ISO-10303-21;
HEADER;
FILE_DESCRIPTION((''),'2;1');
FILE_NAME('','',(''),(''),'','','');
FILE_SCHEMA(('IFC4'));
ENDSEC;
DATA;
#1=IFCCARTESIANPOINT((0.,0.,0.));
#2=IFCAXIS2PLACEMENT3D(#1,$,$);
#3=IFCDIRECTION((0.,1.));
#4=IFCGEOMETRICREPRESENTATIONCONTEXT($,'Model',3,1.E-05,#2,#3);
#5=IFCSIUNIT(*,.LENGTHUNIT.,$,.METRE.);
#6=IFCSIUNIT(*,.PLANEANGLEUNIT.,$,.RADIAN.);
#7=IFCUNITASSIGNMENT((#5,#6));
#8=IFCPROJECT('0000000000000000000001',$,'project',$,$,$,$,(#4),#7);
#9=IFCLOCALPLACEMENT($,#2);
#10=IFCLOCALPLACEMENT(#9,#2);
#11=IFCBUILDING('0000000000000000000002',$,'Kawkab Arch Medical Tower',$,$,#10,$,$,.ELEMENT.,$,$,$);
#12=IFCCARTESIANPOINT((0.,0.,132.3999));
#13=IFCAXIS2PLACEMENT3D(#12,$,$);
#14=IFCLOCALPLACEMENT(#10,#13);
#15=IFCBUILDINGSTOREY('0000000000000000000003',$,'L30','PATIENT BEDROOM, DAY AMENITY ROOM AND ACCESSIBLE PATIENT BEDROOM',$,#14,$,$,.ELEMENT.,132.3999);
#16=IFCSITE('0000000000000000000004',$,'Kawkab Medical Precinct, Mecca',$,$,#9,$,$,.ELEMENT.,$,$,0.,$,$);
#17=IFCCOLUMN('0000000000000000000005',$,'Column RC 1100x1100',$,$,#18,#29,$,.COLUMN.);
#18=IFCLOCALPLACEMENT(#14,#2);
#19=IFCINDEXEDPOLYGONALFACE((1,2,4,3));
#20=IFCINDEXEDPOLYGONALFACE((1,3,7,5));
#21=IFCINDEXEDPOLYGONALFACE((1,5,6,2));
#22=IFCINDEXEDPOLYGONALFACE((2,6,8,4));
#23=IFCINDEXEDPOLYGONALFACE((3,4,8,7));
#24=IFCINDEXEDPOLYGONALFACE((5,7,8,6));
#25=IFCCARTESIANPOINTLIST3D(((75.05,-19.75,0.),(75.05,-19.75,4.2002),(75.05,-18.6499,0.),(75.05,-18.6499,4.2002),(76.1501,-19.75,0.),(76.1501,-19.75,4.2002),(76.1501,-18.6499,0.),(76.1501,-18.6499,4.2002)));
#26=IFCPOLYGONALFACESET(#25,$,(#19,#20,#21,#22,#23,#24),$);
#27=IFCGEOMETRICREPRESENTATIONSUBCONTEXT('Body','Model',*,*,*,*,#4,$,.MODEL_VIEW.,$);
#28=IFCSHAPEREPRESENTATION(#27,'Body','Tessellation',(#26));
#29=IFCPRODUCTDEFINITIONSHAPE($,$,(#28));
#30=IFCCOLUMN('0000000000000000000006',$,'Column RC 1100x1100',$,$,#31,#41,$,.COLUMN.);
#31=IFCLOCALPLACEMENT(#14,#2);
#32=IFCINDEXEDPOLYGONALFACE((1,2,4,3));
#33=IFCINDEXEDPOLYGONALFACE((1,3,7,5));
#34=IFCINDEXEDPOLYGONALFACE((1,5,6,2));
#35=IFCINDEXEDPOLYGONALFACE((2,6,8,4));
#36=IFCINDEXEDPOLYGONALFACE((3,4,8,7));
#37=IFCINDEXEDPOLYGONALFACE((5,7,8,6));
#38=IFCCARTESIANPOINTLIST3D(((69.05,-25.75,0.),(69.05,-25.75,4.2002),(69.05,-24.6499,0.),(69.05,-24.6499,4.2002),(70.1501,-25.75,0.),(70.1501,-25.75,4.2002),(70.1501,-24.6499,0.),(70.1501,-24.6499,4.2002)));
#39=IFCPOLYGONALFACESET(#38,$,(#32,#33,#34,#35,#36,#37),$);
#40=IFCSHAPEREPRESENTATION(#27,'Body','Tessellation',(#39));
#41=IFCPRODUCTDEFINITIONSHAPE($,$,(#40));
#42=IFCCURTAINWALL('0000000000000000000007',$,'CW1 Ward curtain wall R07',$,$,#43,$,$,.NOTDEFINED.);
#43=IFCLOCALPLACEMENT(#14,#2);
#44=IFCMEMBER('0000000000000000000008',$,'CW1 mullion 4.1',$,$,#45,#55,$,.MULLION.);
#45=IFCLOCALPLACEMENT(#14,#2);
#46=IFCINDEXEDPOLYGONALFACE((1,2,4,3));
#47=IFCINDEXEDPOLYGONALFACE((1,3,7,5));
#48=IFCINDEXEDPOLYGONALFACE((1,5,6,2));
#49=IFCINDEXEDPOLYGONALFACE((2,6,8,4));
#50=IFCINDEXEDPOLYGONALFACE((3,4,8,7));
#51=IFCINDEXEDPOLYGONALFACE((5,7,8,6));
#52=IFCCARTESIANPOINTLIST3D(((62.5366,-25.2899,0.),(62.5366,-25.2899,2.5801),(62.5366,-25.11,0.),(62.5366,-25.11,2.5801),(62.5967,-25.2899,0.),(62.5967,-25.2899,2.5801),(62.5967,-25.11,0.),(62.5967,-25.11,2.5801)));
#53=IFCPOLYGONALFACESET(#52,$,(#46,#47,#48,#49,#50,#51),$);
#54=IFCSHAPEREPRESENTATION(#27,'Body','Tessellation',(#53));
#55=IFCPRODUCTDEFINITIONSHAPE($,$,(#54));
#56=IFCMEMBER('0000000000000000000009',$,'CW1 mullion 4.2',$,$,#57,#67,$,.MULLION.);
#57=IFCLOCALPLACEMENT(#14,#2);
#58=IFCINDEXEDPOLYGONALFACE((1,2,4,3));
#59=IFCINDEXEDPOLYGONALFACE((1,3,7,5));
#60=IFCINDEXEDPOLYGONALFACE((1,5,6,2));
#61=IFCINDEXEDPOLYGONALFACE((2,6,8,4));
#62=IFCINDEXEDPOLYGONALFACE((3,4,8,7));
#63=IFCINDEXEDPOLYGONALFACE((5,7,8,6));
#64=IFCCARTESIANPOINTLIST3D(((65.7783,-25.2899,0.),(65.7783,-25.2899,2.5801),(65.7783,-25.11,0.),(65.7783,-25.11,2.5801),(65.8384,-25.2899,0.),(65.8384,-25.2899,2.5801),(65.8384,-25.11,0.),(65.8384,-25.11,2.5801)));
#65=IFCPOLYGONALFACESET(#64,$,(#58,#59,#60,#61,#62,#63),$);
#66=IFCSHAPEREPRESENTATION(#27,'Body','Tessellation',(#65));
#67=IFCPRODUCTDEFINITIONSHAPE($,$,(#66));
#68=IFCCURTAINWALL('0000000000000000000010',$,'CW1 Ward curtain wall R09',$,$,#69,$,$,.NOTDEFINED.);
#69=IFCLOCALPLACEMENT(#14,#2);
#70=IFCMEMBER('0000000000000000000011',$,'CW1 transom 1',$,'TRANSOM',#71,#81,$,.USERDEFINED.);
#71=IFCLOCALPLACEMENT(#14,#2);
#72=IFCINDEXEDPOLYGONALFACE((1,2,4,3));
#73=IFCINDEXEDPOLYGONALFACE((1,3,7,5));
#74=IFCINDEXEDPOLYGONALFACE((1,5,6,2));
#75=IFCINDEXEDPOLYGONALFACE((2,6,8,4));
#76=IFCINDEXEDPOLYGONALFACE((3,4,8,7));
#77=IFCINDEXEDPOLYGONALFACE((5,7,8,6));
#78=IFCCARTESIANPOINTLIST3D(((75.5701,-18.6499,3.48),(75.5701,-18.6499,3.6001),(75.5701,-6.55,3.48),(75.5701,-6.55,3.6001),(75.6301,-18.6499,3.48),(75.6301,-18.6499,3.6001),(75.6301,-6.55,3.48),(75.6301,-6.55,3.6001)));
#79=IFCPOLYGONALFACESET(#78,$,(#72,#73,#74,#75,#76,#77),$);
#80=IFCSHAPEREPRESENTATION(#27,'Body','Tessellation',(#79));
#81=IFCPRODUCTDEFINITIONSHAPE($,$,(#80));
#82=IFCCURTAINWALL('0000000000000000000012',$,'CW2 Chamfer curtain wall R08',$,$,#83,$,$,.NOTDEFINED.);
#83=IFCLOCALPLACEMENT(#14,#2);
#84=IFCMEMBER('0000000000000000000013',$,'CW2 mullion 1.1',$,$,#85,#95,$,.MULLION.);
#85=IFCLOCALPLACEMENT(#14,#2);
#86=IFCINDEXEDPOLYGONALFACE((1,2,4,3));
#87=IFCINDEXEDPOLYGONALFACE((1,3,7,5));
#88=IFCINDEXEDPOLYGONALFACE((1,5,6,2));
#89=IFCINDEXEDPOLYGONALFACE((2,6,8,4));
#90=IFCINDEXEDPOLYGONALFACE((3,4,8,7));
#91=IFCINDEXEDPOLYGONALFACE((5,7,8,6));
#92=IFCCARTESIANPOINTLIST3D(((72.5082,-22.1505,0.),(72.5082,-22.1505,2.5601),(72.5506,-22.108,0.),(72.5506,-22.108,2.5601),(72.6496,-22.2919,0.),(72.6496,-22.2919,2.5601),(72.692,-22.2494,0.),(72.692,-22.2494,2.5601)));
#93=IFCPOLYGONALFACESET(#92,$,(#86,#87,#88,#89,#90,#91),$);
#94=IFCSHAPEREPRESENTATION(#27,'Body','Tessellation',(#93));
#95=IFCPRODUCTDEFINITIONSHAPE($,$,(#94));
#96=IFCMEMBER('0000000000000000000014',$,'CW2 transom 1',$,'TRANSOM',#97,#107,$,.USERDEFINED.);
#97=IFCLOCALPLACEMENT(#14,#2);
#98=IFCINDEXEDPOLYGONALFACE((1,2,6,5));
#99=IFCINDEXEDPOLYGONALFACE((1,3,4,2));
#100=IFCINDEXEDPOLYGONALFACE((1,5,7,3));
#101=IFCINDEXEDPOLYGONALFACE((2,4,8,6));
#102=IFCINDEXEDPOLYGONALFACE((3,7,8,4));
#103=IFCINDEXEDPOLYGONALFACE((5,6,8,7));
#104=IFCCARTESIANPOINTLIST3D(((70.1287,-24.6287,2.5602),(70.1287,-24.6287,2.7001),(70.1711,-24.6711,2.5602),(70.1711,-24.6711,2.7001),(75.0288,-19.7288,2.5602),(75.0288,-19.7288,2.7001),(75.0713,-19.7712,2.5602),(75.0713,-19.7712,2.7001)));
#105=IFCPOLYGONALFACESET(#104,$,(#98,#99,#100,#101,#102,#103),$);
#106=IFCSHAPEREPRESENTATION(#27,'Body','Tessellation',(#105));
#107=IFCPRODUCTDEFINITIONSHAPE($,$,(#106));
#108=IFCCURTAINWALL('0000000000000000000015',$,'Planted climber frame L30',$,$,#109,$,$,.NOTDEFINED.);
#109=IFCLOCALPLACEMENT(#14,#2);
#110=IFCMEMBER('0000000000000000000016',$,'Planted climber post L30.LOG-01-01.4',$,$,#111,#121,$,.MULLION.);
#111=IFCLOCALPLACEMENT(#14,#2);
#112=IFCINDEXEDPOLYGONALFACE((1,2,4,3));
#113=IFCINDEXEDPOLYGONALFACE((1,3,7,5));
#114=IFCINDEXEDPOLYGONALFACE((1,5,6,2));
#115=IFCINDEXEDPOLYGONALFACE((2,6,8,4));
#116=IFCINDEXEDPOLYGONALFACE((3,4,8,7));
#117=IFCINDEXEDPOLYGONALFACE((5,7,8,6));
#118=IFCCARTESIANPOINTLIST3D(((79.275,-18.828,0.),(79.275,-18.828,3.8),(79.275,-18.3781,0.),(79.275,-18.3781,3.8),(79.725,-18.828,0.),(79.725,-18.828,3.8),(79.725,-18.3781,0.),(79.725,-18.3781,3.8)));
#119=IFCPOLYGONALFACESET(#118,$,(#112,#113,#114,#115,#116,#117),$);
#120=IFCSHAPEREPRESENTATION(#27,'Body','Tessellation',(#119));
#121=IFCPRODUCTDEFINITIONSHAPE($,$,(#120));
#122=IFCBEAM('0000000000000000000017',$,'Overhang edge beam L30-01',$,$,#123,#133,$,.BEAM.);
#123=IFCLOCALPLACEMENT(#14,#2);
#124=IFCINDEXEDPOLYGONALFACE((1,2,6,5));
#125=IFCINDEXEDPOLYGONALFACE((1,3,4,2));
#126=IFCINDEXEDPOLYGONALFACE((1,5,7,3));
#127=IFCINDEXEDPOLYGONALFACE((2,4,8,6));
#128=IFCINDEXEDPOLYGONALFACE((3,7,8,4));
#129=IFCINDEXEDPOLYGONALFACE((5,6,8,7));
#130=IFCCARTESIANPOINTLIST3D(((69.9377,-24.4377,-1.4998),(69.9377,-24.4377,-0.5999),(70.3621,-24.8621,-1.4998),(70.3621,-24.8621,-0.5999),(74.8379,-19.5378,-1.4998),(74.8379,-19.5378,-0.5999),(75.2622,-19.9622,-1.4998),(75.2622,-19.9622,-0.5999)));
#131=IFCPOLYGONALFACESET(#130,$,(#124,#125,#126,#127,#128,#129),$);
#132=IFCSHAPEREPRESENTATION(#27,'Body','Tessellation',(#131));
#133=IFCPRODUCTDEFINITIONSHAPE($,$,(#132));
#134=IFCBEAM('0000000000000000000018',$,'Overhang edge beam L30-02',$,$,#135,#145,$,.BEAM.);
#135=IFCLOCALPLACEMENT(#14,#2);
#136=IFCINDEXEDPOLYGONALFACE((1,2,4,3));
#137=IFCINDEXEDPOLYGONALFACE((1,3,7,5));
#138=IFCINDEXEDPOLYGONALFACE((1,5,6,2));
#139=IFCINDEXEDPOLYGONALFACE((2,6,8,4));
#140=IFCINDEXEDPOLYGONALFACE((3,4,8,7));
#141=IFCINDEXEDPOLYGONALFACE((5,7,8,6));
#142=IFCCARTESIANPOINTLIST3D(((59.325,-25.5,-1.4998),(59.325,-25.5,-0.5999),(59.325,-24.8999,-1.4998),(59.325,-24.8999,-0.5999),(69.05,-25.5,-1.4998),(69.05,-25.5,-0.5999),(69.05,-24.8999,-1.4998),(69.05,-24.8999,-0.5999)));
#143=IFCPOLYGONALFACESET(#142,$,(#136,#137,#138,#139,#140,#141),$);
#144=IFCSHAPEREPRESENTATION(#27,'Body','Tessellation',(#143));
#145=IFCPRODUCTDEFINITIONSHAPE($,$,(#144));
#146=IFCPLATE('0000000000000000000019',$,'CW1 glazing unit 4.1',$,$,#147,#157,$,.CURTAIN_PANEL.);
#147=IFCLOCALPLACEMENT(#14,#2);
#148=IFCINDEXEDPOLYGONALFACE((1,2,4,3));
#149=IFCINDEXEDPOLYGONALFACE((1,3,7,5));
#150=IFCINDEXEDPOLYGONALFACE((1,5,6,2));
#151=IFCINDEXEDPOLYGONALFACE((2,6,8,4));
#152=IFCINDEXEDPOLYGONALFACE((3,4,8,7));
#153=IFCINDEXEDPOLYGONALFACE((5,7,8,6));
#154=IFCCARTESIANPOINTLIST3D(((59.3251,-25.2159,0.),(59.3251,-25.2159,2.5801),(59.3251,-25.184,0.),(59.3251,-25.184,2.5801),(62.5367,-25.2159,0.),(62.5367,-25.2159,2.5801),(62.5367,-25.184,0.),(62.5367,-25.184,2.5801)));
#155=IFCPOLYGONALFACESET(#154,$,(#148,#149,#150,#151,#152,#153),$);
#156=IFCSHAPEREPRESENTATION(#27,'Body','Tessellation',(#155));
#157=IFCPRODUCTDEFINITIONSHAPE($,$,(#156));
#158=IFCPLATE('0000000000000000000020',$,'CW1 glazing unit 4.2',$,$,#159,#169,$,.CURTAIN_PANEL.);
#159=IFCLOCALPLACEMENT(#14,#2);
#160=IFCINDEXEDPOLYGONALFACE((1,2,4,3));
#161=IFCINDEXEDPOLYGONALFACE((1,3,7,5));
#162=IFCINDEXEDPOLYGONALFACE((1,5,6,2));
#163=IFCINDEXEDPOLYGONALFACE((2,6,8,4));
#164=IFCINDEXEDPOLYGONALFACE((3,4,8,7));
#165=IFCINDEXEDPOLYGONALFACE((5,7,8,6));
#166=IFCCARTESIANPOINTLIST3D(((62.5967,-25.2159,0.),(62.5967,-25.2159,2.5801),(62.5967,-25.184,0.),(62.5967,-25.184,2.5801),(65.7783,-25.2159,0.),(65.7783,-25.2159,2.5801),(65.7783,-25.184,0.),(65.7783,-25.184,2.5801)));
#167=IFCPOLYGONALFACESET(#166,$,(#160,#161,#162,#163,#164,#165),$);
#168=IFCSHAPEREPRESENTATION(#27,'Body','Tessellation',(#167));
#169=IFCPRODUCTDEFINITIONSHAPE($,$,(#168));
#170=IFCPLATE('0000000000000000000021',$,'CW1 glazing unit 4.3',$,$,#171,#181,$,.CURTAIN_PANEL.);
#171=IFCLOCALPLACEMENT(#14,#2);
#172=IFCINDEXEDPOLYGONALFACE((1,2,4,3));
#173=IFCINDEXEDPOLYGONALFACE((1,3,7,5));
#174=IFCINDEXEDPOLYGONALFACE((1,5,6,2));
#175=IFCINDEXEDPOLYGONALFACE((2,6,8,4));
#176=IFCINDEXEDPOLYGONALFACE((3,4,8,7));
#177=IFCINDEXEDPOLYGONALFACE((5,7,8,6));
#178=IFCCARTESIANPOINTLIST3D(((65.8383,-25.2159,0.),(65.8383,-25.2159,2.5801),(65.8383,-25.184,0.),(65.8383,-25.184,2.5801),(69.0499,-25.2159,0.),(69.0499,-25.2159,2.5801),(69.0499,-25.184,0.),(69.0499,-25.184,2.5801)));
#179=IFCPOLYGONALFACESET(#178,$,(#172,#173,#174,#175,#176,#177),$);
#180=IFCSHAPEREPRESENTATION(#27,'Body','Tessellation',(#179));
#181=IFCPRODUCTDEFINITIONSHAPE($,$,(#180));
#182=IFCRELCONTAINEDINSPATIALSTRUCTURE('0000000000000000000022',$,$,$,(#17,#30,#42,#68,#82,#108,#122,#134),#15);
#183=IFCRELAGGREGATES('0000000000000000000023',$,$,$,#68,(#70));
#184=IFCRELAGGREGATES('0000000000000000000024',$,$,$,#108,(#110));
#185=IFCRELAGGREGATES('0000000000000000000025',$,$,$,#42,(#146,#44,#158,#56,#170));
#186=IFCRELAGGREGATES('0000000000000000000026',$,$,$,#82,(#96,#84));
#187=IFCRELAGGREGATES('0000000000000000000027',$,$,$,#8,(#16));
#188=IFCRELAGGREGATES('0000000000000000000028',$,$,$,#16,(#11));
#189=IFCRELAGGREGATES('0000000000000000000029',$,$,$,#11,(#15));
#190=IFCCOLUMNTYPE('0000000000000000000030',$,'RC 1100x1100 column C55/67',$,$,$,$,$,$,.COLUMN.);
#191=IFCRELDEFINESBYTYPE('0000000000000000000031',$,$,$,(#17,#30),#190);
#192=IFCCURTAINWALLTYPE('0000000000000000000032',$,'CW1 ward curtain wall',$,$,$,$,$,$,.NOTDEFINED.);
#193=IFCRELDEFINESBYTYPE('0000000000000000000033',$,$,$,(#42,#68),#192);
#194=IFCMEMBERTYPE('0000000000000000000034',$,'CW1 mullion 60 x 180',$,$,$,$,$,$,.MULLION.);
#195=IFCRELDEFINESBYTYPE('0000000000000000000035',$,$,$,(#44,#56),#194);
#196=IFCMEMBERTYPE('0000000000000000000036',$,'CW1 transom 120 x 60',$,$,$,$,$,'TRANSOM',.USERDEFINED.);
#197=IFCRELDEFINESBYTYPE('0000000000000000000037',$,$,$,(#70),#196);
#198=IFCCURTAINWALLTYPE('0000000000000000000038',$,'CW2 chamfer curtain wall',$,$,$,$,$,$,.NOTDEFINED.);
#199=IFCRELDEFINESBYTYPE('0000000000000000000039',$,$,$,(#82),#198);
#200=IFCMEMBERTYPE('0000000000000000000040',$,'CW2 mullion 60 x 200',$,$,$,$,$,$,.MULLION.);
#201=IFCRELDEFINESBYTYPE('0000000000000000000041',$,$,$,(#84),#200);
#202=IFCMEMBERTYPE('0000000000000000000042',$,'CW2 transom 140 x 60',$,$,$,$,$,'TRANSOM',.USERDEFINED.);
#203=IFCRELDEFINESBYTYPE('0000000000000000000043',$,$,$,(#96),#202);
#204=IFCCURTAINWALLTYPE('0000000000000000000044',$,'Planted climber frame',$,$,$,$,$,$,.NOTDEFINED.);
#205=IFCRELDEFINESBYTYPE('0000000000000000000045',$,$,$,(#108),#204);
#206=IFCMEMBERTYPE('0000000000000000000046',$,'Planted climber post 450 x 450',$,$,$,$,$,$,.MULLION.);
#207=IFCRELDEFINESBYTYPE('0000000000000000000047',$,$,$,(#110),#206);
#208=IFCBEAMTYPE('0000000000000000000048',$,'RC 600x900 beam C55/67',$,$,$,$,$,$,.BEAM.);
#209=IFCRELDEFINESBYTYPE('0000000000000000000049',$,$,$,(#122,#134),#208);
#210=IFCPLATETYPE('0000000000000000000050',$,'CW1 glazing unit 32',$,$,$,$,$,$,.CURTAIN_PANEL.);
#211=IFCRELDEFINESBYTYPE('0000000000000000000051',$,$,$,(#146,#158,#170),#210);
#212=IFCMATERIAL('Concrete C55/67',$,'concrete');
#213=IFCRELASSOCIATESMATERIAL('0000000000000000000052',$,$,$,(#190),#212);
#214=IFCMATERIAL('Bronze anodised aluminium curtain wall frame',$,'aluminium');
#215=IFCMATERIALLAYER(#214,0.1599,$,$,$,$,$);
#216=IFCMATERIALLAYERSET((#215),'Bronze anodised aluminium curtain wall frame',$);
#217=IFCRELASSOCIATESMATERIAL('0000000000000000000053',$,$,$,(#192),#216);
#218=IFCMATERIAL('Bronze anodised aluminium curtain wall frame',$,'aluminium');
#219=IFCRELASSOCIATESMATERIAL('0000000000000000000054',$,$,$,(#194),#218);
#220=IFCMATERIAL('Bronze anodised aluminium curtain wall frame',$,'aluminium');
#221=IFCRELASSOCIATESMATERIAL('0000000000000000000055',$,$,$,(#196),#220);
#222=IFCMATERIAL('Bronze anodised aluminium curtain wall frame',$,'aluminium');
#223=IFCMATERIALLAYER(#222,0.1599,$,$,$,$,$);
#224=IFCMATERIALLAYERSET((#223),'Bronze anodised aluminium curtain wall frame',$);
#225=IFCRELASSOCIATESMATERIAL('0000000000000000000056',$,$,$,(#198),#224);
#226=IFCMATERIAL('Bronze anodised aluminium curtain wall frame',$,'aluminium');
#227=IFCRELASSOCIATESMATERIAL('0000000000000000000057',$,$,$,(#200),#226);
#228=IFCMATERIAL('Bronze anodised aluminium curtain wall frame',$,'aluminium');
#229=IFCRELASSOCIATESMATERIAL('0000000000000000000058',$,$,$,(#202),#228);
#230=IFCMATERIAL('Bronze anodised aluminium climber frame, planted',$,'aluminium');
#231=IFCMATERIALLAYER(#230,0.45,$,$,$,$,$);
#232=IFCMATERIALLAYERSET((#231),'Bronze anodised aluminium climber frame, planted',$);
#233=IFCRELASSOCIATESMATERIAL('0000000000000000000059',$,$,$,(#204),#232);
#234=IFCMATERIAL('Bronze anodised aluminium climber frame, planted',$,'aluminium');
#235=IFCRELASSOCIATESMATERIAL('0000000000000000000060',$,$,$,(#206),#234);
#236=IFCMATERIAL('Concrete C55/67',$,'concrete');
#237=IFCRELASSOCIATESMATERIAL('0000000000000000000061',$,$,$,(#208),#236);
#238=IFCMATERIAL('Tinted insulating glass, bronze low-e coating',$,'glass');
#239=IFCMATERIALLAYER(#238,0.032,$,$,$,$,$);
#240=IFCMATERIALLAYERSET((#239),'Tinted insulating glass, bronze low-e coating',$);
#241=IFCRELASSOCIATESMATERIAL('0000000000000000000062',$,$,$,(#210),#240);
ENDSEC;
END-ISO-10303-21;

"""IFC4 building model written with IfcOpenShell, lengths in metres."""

from ifc_helpers import new_model, si_unit, direction, frame, origin, origin_2d, place, context, subcontext, project, spatial, rectangle, extrude, material, layer, layer_set, material_profile, profile_set, type_object, element, aggregate, save


model = new_model("IFC4")

# Units and contexts
model_context = context("Model", 3, precision=1e-05, world=origin(), true_north=direction((0.0, 1.0)))
body_context = subcontext(model_context, "Body", "Model", "MODEL_VIEW")
ifc_project = project(units=[si_unit("LENGTHUNIT", "METRE"), si_unit("PLANEANGLEUNIT", "RADIAN")], contexts=[model_context])

# Site, building, storey
site_placement = place(None, origin())
site = spatial("IfcSite", under=ifc_project, at=site_placement, Name="Kawkab Medical Precinct, Mecca", CompositionType="ELEMENT", RefElevation=0.0)
building_placement = place(site_placement, origin())
building = spatial("IfcBuilding", under=site, at=building_placement, Name="Kawkab Arch Medical Tower", CompositionType="ELEMENT")
storey_placement = place(building_placement, frame((0.0, 0.0, 132.3999)))
storey = spatial("IfcBuildingStorey", under=building, at=storey_placement, Name="L30", Description="PATIENT BEDROOM, DAY AMENITY ROOM AND ACCESSIBLE PATIENT BEDROOM", CompositionType="ELEMENT", Elevation=132.3999)

# Columns
ifc_material_1 = material(Name="Concrete C55/67", Category="concrete")
ifc_material_profile_1 = material_profile(ifc_material_1, rectangle(XDim=1.1001, YDim=1.1001, at=origin_2d()), Name="RC 1100x1100")
ifc_profile_set_1 = profile_set([ifc_material_profile_1], Name="Concrete C55/67")
column_type = type_object("IfcColumnType", Name="RC 1100x1100 column C55/67", PredefinedType="COLUMN", material=ifc_profile_set_1)
for number, where, z_axis, x_axis, name in (
    (1, (75.6001, -19.2, 0.0), (0.0, 0.0, 1.0), (1.0, 0.0, 0.0), "Column RC 1100x1100"),
    (2, (69.6001, -25.2, 0.0), (0.0, 0.0, 1.0), (1.0, 0.0, 0.0), "Column RC 1100x1100"),
):
    element("IfcColumn", number, at=place(storey_placement, frame(where, z_axis=z_axis, x_axis=x_axis)), inside=storey, type_object=column_type, Name=name, PredefinedType="COLUMN", context=body_context, shape_type="SweptSolid", body=[
        extrude(rectangle(XDim=1.1001, YDim=1.1001, at=origin_2d()), origin(), (0.0, 0.0, 1.0), 4.2002),
    ])

# Curtain wall, members
ifc_material_2 = material(Name="Bronze anodised aluminium curtain wall frame", Category="aluminium")
ifc_layer_1 = layer(ifc_material_2, 0.1599)
ifc_layer_set_1 = layer_set([ifc_layer_1], Name="Bronze anodised aluminium curtain wall frame")
curtain_wall_type_1 = type_object("IfcCurtainWallType", Name="CW1 ward curtain wall", PredefinedType="NOTDEFINED", material=ifc_layer_set_1)
placement = place(storey_placement, origin())
curtain_wall_1 = element("IfcCurtainWall", 3, at=placement, inside=storey, type_object=curtain_wall_type_1, Name="CW1 Ward curtain wall R07", PredefinedType="NOTDEFINED")
ifc_material_3 = material(Name="Bronze anodised aluminium curtain wall frame", Category="aluminium")
ifc_material_profile_2 = material_profile(ifc_material_3, rectangle(XDim=0.1799, YDim=0.0601, at=origin_2d()), Name="AL 60x180")
ifc_profile_set_2 = profile_set([ifc_material_profile_2], Name="Bronze anodised aluminium curtain wall frame")
member_type_1 = type_object("IfcMemberType", Name="CW1 mullion 60 x 180", PredefinedType="MULLION", material=ifc_profile_set_2)
member_1_placement = place(storey_placement, frame((62.5667, -25.2, 0.0), z_axis=(0.0, 0.0, 1.0), x_axis=(0.0, 1.0, 0.0)))
member_1 = element("IfcMember", 4, at=member_1_placement, type_object=member_type_1, Name="CW1 mullion 4.1", PredefinedType="MULLION", context=body_context, shape_type="SweptSolid", body=[
    extrude(rectangle(XDim=0.1799, YDim=0.0601, at=origin_2d()), origin(), (0.0, 0.0, 1.0), 2.5801),
])
member_2_placement = place(storey_placement, frame((65.8083, -25.2, 0.0), z_axis=(0.0, 0.0, 1.0), x_axis=(0.0, 1.0, 0.0)))
member_2 = element("IfcMember", 5, at=member_2_placement, type_object=member_type_1, Name="CW1 mullion 4.2", PredefinedType="MULLION", context=body_context, shape_type="SweptSolid", body=[
    extrude(rectangle(XDim=0.1799, YDim=0.0601, at=origin_2d()), origin(), (0.0, 0.0, 1.0), 2.5801),
])

# Curtain wall, member
curtain_wall_2 = element("IfcCurtainWall", 6, at=placement, inside=storey, type_object=curtain_wall_type_1, Name="CW1 Ward curtain wall R09", PredefinedType="NOTDEFINED")
ifc_material_4 = material(Name="Bronze anodised aluminium curtain wall frame", Category="aluminium")
ifc_material_profile_3 = material_profile(ifc_material_4, rectangle(XDim=0.0601, YDim=0.1201, at=origin_2d()), Name="AL 60x120")
ifc_profile_set_3 = profile_set([ifc_material_profile_3], Name="Bronze anodised aluminium curtain wall frame")
member_type_2 = type_object("IfcMemberType", Name="CW1 transom 120 x 60", ElementType="TRANSOM", PredefinedType="USERDEFINED", material=ifc_profile_set_3)
member_3_placement = place(storey_placement, frame((75.6001, -18.6499, 3.54), z_axis=(0.0, 1.0, 0.0), x_axis=(-1.0, 0.0, 0.0)))
member_3 = element("IfcMember", 7, at=member_3_placement, type_object=member_type_2, Name="CW1 transom 1", ObjectType="TRANSOM", PredefinedType="USERDEFINED", context=body_context, shape_type="SweptSolid", body=[
    extrude(rectangle(XDim=0.0601, YDim=0.1201, at=origin_2d()), origin(), (0.0, 0.0, 1.0), 12.0999),
])
aggregate(curtain_wall_2, [member_3])

# Curtain wall, members
ifc_material_5 = material(Name="Bronze anodised aluminium curtain wall frame", Category="aluminium")
ifc_layer_2 = layer(ifc_material_5, 0.1599)
ifc_layer_set_2 = layer_set([ifc_layer_2], Name="Bronze anodised aluminium curtain wall frame")
curtain_wall_type_2 = type_object("IfcCurtainWallType", Name="CW2 chamfer curtain wall", PredefinedType="NOTDEFINED", material=ifc_layer_set_2)
curtain_wall_3 = element("IfcCurtainWall", 8, at=placement, inside=storey, type_object=curtain_wall_type_2, Name="CW2 Chamfer curtain wall R08", PredefinedType="NOTDEFINED")
ifc_material_6 = material(Name="Bronze anodised aluminium curtain wall frame", Category="aluminium")
ifc_material_profile_4 = material_profile(ifc_material_6, rectangle(XDim=0.2, YDim=0.0601, at=origin_2d()), Name="AL 60x200")
ifc_profile_set_4 = profile_set([ifc_material_profile_4], Name="Bronze anodised aluminium curtain wall frame")
member_type_3 = type_object("IfcMemberType", Name="CW2 mullion 60 x 200", PredefinedType="MULLION", material=ifc_profile_set_4)
member_4_placement = place(storey_placement, frame((72.6001, -22.2, 0.0), z_axis=(0.0, 0.0, 1.0), x_axis=(-0.707107, 0.707107, 0.0)))
member_4 = element("IfcMember", 9, at=member_4_placement, type_object=member_type_3, Name="CW2 mullion 1.1", PredefinedType="MULLION", context=body_context, shape_type="SweptSolid", body=[
    extrude(rectangle(XDim=0.2, YDim=0.0601, at=origin_2d()), origin(), (0.0, 0.0, 1.0), 2.5601),
])
ifc_material_7 = material(Name="Bronze anodised aluminium curtain wall frame", Category="aluminium")
ifc_material_profile_5 = material_profile(ifc_material_7, rectangle(XDim=0.0601, YDim=0.1399, at=origin_2d()), Name="AL 60x140")
ifc_profile_set_5 = profile_set([ifc_material_profile_5], Name="Bronze anodised aluminium curtain wall frame")
member_type_4 = type_object("IfcMemberType", Name="CW2 transom 140 x 60", ElementType="TRANSOM", PredefinedType="USERDEFINED", material=ifc_profile_set_5)
member_5_placement = place(storey_placement, frame((70.1499, -24.6499, 2.6301), z_axis=(0.707124, 0.707089, 0.0), x_axis=(-0.707089, 0.707124, 0.0)))
member_5 = element("IfcMember", 10, at=member_5_placement, type_object=member_type_4, Name="CW2 transom 1", ObjectType="TRANSOM", PredefinedType="USERDEFINED", context=body_context, shape_type="SweptSolid", body=[
    extrude(rectangle(XDim=0.0601, YDim=0.1399, at=origin_2d()), origin(), (0.0, 0.0, 1.0), 6.9297),
])

# Curtain wall, member
ifc_material_8 = material(Name="Bronze anodised aluminium climber frame, planted", Category="aluminium")
ifc_layer_3 = layer(ifc_material_8, 0.45)
ifc_layer_set_3 = layer_set([ifc_layer_3], Name="Bronze anodised aluminium climber frame, planted")
curtain_wall_type_3 = type_object("IfcCurtainWallType", Name="Planted climber frame", PredefinedType="NOTDEFINED", material=ifc_layer_set_3)
curtain_wall_4 = element("IfcCurtainWall", 11, at=placement, inside=storey, type_object=curtain_wall_type_3, Name="Planted climber frame L30", PredefinedType="NOTDEFINED")
ifc_material_9 = material(Name="Bronze anodised aluminium climber frame, planted", Category="aluminium")
ifc_material_profile_6 = material_profile(ifc_material_9, rectangle(XDim=0.45, YDim=0.45, at=origin_2d()), Name="Post 450x450")
ifc_profile_set_6 = profile_set([ifc_material_profile_6], Name="Bronze anodised aluminium climber frame, planted")
member_type_5 = type_object("IfcMemberType", Name="Planted climber post 450 x 450", PredefinedType="MULLION", material=ifc_profile_set_6)
member_6_placement = place(storey_placement, frame((79.5, -18.603, 0.0), z_axis=(0.0, 0.0, 1.0), x_axis=(1.0, 0.0, 0.0)))
member_6 = element("IfcMember", 12, at=member_6_placement, type_object=member_type_5, Name="Planted climber post L30.LOG-01-01.4", PredefinedType="MULLION", context=body_context, shape_type="SweptSolid", body=[
    extrude(rectangle(XDim=0.45, YDim=0.45, at=origin_2d()), origin(), (0.0, 0.0, 1.0), 3.8),
])
aggregate(curtain_wall_4, [member_6])

# Beams
ifc_material_10 = material(Name="Concrete C55/67", Category="concrete")
ifc_material_profile_7 = material_profile(ifc_material_10, rectangle(XDim=0.6001, YDim=0.8999, at=origin_2d()), Name="RC 600x900")
ifc_profile_set_7 = profile_set([ifc_material_profile_7], Name="Concrete C55/67")
beam_type = type_object("IfcBeamType", Name="RC 600x900 beam C55/67", PredefinedType="BEAM", material=ifc_profile_set_7)
beam_1_placement = place(storey_placement, frame((75.05, -19.75, -1.0498), z_axis=(-0.707124, -0.707089, 0.0), x_axis=(0.707089, -0.707124, 0.0)))
element("IfcBeam", 13, at=beam_1_placement, inside=storey, type_object=beam_type, Name="Overhang edge beam L30-01", PredefinedType="BEAM", context=body_context, shape_type="SweptSolid", body=[
    extrude(rectangle(XDim=0.6001, YDim=0.8999, at=origin_2d()), origin(), (0.0, 0.0, 1.0), 6.9297),
])
beam_2_placement = place(storey_placement, frame((69.05, -25.2, -1.0498), z_axis=(-1.0, 0.0, 0.0), x_axis=(0.0, -1.0, 0.0)))
element("IfcBeam", 14, at=beam_2_placement, inside=storey, type_object=beam_type, Name="Overhang edge beam L30-02", PredefinedType="BEAM", context=body_context, shape_type="SweptSolid", body=[
    extrude(rectangle(XDim=0.6001, YDim=0.8999, at=origin_2d()), origin(), (0.0, 0.0, 1.0), 9.7251),
])

# Plates
ifc_material_11 = material(Name="Tinted insulating glass, bronze low-e coating", Category="glass")
ifc_layer_4 = layer(ifc_material_11, 0.032)
ifc_layer_set_4 = layer_set([ifc_layer_4], Name="Tinted insulating glass, bronze low-e coating")
plate_type_1 = type_object("IfcPlateType", Name="CW1 glazing unit 32", PredefinedType="CURTAIN_PANEL", material=ifc_layer_set_4)
plate_1_placement = place(storey_placement, frame((60.9309, -25.2, 0.0), z_axis=(0.0, 0.0, 1.0), x_axis=(1.0, 0.0, 0.0)))
plate_1 = element("IfcPlate", 15, at=plate_1_placement, type_object=plate_type_1, Name="CW1 glazing unit 4.1", PredefinedType="CURTAIN_PANEL", context=body_context, shape_type="SweptSolid", body=[
    extrude(rectangle(XDim=3.2117, YDim=0.032, at=origin_2d()), origin(), (0.0, 0.0, 1.0), 2.5801),
])
plate_2_placement = place(storey_placement, frame((64.1875, -25.2, 0.0), z_axis=(0.0, 0.0, 1.0), x_axis=(1.0, 0.0, 0.0)))
plate_2 = element("IfcPlate", 16, at=plate_2_placement, type_object=plate_type_1, Name="CW1 glazing unit 4.2", PredefinedType="CURTAIN_PANEL", context=body_context, shape_type="SweptSolid", body=[
    extrude(rectangle(XDim=3.1816, YDim=0.032, at=origin_2d()), origin(), (0.0, 0.0, 1.0), 2.5801),
])
plate_3_placement = place(storey_placement, frame((67.4441, -25.2, 0.0), z_axis=(0.0, 0.0, 1.0), x_axis=(1.0, 0.0, 0.0)))
plate_3 = element("IfcPlate", 17, at=plate_3_placement, type_object=plate_type_1, Name="CW1 glazing unit 4.3", PredefinedType="CURTAIN_PANEL", context=body_context, shape_type="SweptSolid", body=[
    extrude(rectangle(XDim=3.2117, YDim=0.032, at=origin_2d()), origin(), (0.0, 0.0, 1.0), 2.5801),
])
aggregate(curtain_wall_1, [plate_1, member_1, plate_2, member_2, plate_3])
aggregate(curtain_wall_3, [member_5, member_4])

save(model, "model.ifc")
